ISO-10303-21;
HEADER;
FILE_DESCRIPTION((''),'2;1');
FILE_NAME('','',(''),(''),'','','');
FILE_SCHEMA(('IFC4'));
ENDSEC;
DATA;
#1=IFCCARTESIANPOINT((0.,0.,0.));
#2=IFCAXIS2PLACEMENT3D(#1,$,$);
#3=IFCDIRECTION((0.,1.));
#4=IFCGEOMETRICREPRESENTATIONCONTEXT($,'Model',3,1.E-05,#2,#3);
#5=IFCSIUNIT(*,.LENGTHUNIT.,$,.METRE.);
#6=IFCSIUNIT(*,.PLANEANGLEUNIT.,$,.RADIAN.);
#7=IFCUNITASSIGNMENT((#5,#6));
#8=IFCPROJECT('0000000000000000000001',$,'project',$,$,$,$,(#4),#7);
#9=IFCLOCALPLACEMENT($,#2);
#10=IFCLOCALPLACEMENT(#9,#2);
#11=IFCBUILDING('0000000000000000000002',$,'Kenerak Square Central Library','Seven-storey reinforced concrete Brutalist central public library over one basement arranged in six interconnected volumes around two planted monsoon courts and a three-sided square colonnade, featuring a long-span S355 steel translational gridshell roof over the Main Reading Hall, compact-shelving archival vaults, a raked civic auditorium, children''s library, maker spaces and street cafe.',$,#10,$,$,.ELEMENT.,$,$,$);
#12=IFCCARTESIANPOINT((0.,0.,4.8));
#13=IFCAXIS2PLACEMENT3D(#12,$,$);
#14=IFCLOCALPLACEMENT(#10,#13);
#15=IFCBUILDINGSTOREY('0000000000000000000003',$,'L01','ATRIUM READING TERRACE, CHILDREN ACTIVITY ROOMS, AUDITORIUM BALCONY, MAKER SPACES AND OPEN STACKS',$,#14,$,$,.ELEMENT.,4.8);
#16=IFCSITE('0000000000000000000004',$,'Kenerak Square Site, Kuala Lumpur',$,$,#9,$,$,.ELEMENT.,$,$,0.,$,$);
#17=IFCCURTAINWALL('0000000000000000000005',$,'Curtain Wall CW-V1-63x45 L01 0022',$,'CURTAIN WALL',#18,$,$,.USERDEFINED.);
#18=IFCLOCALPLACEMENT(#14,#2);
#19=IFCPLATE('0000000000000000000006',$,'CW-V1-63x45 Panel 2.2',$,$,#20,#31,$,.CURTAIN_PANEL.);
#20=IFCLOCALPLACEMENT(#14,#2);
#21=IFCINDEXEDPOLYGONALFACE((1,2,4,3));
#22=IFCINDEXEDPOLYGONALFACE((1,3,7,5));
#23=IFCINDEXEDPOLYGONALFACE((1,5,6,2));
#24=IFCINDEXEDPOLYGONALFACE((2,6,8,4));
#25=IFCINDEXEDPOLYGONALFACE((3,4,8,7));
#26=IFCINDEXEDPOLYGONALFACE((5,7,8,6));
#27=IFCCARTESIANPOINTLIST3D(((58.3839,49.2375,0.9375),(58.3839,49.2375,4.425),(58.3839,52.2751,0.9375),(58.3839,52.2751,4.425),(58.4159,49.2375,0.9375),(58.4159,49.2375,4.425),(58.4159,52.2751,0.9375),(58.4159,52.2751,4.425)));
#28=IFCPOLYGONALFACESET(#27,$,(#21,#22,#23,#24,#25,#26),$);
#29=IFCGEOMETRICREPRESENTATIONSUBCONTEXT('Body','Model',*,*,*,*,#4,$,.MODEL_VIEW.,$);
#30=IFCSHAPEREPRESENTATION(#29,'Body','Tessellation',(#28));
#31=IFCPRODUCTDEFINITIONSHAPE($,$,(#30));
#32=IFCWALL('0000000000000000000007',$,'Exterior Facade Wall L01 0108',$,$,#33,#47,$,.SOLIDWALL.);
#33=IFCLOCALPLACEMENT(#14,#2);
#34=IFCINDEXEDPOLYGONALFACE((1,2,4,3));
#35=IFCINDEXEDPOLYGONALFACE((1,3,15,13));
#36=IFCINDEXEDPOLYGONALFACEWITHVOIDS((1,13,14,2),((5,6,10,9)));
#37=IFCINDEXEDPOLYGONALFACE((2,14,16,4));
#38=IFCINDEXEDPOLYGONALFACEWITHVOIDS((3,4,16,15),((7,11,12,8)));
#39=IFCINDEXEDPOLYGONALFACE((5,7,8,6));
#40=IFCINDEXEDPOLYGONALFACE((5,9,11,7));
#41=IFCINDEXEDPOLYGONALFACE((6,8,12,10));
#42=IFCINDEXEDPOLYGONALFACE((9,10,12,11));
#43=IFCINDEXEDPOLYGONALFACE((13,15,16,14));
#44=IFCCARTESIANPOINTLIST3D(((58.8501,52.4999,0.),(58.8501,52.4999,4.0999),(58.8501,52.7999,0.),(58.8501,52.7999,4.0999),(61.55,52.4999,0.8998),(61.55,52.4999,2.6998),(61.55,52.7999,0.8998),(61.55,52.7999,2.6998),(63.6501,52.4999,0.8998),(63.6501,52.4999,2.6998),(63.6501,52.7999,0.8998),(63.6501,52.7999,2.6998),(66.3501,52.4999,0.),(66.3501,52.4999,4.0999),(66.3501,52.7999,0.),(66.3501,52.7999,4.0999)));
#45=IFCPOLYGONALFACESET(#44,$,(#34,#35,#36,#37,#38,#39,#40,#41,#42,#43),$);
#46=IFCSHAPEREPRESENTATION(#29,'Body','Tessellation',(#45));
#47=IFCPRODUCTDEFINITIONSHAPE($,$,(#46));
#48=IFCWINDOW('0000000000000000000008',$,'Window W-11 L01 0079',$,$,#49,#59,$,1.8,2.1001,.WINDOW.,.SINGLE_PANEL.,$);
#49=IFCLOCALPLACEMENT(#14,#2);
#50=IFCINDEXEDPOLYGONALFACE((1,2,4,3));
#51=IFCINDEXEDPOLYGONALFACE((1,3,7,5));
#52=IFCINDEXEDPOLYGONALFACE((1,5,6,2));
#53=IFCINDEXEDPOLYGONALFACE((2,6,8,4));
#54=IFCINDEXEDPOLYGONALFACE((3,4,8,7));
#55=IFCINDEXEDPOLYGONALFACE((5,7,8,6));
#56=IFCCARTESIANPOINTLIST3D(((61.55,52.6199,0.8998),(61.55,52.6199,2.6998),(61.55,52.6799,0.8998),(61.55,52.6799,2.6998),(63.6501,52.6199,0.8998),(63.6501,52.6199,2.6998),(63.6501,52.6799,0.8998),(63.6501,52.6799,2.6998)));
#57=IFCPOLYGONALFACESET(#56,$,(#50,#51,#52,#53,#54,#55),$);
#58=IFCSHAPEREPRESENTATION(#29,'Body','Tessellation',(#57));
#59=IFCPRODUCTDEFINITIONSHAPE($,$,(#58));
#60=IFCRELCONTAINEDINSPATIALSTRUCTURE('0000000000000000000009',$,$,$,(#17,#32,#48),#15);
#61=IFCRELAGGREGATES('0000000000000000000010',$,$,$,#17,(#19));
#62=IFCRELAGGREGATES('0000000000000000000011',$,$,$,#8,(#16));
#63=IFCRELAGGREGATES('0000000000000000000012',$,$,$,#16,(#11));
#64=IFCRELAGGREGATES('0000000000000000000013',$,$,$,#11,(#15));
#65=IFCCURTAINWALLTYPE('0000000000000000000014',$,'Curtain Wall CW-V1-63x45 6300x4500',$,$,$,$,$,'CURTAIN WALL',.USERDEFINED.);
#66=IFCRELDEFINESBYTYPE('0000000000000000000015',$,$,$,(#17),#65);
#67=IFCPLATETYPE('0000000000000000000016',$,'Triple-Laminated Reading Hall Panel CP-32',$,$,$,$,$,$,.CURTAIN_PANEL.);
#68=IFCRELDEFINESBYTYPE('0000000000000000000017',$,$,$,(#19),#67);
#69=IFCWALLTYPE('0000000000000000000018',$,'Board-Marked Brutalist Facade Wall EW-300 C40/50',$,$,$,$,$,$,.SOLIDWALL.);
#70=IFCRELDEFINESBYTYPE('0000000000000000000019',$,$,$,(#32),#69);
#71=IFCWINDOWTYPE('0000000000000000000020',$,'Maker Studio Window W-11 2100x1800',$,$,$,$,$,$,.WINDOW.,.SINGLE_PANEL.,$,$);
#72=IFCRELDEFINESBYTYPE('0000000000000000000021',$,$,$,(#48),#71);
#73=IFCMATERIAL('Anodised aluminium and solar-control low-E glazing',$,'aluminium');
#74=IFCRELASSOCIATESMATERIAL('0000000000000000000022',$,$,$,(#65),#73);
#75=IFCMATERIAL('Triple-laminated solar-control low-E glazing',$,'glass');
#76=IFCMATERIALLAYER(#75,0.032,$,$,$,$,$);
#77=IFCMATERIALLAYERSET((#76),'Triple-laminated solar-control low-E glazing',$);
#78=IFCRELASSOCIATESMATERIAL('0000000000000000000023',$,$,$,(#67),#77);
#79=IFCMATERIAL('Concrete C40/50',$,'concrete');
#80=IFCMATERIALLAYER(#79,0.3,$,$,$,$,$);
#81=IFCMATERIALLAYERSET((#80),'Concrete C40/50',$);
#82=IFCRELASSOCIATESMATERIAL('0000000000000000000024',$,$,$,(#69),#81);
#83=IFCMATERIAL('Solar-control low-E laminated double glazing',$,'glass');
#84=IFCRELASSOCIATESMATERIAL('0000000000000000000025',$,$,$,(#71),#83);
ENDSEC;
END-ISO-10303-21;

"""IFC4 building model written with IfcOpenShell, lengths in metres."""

from ifc_helpers import new_model, si_unit, direction, frame, frame_2d, origin, origin_2d, place, context, subcontext, project, spatial, rectangle, extrude, material, layer, layer_set, type_object, element, fill, aggregate, save


model = new_model("IFC4")

# Units and contexts
model_context = context("Model", 3, precision=1e-05, world=origin(), true_north=direction((0.0, 1.0)))
body_context = subcontext(model_context, "Body", "Model", "MODEL_VIEW")
ifc_project = project(units=[si_unit("LENGTHUNIT", "METRE"), si_unit("PLANEANGLEUNIT", "RADIAN")], contexts=[model_context])

# Site, building, storey
site_placement = place(None, origin())
site = spatial("IfcSite", under=ifc_project, at=site_placement, Name="Kenerak Square Site, Kuala Lumpur", CompositionType="ELEMENT", RefElevation=0.0)
building_placement = place(site_placement, origin())
building = spatial("IfcBuilding", under=site, at=building_placement, Name="Kenerak Square Central Library", Description="Seven-storey reinforced concrete Brutalist central public library over one basement arranged in six interconnected volumes around two planted monsoon courts and a three-sided square colonnade, featuring a long-span S355 steel translational gridshell roof over the Main Reading Hall, compact-shelving archival vaults, a raked civic auditorium, children's library, maker spaces and street cafe.", CompositionType="ELEMENT")
storey_placement = place(building_placement, frame((0.0, 0.0, 4.8)))
storey = spatial("IfcBuildingStorey", under=building, at=storey_placement, Name="L01", Description="ATRIUM READING TERRACE, CHILDREN ACTIVITY ROOMS, AUDITORIUM BALCONY, MAKER SPACES AND OPEN STACKS", CompositionType="ELEMENT", Elevation=4.8)

# Shared definitions
ifc_material_1 = material(Name="Concrete C40/50", Category="concrete")

# Curtain wall
ifc_material_2 = material(Name="Anodised aluminium and solar-control low-E glazing", Category="aluminium")
curtain_wall_type = type_object("IfcCurtainWallType", Name="Curtain Wall CW-V1-63x45 6300x4500", ElementType="CURTAIN WALL", PredefinedType="USERDEFINED", material=ifc_material_2)
curtain_wall_1_placement = place(storey_placement, origin())
curtain_wall_1 = element("IfcCurtainWall", 1, at=curtain_wall_1_placement, inside=storey, type_object=curtain_wall_type, Name="Curtain Wall CW-V1-63x45 L01 0022", ObjectType="CURTAIN WALL", PredefinedType="USERDEFINED")

# Plate
ifc_material_3 = material(Name="Triple-laminated solar-control low-E glazing", Category="glass")
ifc_layer_1 = layer(ifc_material_3, 0.032)
ifc_layer_set_1 = layer_set([ifc_layer_1], Name="Triple-laminated solar-control low-E glazing")
plate_type = type_object("IfcPlateType", Name="Triple-Laminated Reading Hall Panel CP-32", PredefinedType="CURTAIN_PANEL", material=ifc_layer_set_1)
plate_1_placement = place(storey_placement, frame((58.3999, 50.7563, 0.9375), z_axis=(0.0, 0.0, 1.0), x_axis=(0.0, 1.0, 0.0)))
plate_1 = element("IfcPlate", 2, at=plate_1_placement, type_object=plate_type, Name="CW-V1-63x45 Panel 2.2", PredefinedType="CURTAIN_PANEL", context=body_context, shape_type="SweptSolid", body=[
    extrude(rectangle(XDim=3.0376, YDim=0.032, at=origin_2d()), origin(), (0.0, 0.0, 1.0), 3.4875),
])
aggregate(curtain_wall_1, [plate_1])

# Wall, opening, window
ifc_layer_2 = layer(ifc_material_1, 0.3)
ifc_layer_set_2 = layer_set([ifc_layer_2], Name="Concrete C40/50")
wall_type = type_object("IfcWallType", Name="Board-Marked Brutalist Facade Wall EW-300 C40/50", PredefinedType="SOLIDWALL", material=ifc_layer_set_2)
wall_placement = place(storey_placement, frame((58.8501, 52.6499, 0.0), z_axis=(0.0, 0.0, 1.0), x_axis=(1.0, 0.0, 0.0)))
wall = element("IfcWall", 3, at=wall_placement, inside=storey, type_object=wall_type, Name="Exterior Facade Wall L01 0108", PredefinedType="SOLIDWALL", context=body_context, shape_type="SweptSolid", body=[
    extrude(rectangle(XDim=7.5, YDim=0.3, at=frame_2d((3.75, 0.0))), origin(), (0.0, 0.0, 1.0), 4.0999),
])
opening_placement = place(wall_placement, frame((2.7, 0.0, 0.8999)))
opening = element("IfcOpeningElement", 4, at=opening_placement, cuts=wall, PredefinedType="OPENING", context=body_context, shape_type="SweptSolid", body=[
    extrude(rectangle(XDim=2.1001, YDim=1.8, at=frame_2d((1.05, 0.8999))), frame((0.0, 0.1599, 0.0), z_axis=(0.0, -1.0, 0.0), x_axis=(1.0, 0.0, 0.0)), (0.0, 0.0, 1.0), 0.3201),
])
ifc_material_4 = material(Name="Solar-control low-E laminated double glazing", Category="glass")
window_type = type_object("IfcWindowType", Name="Maker Studio Window W-11 2100x1800", PartitioningType="SINGLE_PANEL", PredefinedType="WINDOW", material=ifc_material_4)
window_placement = place(opening_placement, origin())
window = element("IfcWindow", 5, at=window_placement, inside=storey, type_object=window_type, Name="Window W-11 L01 0079", OverallHeight=1.8, OverallWidth=2.1001, PartitioningType="SINGLE_PANEL", PredefinedType="WINDOW", context=body_context, shape_type="SweptSolid", body=[
    extrude(rectangle(XDim=2.1001, YDim=1.8, at=frame_2d((1.05, 0.8999))), frame((0.0, 0.03, 0.0), z_axis=(0.0, -1.0, 0.0), x_axis=(1.0, 0.0, 0.0)), (0.0, 0.0, 1.0), 0.0601),
])
fill(opening, window)

save(model, "model.ifc")
